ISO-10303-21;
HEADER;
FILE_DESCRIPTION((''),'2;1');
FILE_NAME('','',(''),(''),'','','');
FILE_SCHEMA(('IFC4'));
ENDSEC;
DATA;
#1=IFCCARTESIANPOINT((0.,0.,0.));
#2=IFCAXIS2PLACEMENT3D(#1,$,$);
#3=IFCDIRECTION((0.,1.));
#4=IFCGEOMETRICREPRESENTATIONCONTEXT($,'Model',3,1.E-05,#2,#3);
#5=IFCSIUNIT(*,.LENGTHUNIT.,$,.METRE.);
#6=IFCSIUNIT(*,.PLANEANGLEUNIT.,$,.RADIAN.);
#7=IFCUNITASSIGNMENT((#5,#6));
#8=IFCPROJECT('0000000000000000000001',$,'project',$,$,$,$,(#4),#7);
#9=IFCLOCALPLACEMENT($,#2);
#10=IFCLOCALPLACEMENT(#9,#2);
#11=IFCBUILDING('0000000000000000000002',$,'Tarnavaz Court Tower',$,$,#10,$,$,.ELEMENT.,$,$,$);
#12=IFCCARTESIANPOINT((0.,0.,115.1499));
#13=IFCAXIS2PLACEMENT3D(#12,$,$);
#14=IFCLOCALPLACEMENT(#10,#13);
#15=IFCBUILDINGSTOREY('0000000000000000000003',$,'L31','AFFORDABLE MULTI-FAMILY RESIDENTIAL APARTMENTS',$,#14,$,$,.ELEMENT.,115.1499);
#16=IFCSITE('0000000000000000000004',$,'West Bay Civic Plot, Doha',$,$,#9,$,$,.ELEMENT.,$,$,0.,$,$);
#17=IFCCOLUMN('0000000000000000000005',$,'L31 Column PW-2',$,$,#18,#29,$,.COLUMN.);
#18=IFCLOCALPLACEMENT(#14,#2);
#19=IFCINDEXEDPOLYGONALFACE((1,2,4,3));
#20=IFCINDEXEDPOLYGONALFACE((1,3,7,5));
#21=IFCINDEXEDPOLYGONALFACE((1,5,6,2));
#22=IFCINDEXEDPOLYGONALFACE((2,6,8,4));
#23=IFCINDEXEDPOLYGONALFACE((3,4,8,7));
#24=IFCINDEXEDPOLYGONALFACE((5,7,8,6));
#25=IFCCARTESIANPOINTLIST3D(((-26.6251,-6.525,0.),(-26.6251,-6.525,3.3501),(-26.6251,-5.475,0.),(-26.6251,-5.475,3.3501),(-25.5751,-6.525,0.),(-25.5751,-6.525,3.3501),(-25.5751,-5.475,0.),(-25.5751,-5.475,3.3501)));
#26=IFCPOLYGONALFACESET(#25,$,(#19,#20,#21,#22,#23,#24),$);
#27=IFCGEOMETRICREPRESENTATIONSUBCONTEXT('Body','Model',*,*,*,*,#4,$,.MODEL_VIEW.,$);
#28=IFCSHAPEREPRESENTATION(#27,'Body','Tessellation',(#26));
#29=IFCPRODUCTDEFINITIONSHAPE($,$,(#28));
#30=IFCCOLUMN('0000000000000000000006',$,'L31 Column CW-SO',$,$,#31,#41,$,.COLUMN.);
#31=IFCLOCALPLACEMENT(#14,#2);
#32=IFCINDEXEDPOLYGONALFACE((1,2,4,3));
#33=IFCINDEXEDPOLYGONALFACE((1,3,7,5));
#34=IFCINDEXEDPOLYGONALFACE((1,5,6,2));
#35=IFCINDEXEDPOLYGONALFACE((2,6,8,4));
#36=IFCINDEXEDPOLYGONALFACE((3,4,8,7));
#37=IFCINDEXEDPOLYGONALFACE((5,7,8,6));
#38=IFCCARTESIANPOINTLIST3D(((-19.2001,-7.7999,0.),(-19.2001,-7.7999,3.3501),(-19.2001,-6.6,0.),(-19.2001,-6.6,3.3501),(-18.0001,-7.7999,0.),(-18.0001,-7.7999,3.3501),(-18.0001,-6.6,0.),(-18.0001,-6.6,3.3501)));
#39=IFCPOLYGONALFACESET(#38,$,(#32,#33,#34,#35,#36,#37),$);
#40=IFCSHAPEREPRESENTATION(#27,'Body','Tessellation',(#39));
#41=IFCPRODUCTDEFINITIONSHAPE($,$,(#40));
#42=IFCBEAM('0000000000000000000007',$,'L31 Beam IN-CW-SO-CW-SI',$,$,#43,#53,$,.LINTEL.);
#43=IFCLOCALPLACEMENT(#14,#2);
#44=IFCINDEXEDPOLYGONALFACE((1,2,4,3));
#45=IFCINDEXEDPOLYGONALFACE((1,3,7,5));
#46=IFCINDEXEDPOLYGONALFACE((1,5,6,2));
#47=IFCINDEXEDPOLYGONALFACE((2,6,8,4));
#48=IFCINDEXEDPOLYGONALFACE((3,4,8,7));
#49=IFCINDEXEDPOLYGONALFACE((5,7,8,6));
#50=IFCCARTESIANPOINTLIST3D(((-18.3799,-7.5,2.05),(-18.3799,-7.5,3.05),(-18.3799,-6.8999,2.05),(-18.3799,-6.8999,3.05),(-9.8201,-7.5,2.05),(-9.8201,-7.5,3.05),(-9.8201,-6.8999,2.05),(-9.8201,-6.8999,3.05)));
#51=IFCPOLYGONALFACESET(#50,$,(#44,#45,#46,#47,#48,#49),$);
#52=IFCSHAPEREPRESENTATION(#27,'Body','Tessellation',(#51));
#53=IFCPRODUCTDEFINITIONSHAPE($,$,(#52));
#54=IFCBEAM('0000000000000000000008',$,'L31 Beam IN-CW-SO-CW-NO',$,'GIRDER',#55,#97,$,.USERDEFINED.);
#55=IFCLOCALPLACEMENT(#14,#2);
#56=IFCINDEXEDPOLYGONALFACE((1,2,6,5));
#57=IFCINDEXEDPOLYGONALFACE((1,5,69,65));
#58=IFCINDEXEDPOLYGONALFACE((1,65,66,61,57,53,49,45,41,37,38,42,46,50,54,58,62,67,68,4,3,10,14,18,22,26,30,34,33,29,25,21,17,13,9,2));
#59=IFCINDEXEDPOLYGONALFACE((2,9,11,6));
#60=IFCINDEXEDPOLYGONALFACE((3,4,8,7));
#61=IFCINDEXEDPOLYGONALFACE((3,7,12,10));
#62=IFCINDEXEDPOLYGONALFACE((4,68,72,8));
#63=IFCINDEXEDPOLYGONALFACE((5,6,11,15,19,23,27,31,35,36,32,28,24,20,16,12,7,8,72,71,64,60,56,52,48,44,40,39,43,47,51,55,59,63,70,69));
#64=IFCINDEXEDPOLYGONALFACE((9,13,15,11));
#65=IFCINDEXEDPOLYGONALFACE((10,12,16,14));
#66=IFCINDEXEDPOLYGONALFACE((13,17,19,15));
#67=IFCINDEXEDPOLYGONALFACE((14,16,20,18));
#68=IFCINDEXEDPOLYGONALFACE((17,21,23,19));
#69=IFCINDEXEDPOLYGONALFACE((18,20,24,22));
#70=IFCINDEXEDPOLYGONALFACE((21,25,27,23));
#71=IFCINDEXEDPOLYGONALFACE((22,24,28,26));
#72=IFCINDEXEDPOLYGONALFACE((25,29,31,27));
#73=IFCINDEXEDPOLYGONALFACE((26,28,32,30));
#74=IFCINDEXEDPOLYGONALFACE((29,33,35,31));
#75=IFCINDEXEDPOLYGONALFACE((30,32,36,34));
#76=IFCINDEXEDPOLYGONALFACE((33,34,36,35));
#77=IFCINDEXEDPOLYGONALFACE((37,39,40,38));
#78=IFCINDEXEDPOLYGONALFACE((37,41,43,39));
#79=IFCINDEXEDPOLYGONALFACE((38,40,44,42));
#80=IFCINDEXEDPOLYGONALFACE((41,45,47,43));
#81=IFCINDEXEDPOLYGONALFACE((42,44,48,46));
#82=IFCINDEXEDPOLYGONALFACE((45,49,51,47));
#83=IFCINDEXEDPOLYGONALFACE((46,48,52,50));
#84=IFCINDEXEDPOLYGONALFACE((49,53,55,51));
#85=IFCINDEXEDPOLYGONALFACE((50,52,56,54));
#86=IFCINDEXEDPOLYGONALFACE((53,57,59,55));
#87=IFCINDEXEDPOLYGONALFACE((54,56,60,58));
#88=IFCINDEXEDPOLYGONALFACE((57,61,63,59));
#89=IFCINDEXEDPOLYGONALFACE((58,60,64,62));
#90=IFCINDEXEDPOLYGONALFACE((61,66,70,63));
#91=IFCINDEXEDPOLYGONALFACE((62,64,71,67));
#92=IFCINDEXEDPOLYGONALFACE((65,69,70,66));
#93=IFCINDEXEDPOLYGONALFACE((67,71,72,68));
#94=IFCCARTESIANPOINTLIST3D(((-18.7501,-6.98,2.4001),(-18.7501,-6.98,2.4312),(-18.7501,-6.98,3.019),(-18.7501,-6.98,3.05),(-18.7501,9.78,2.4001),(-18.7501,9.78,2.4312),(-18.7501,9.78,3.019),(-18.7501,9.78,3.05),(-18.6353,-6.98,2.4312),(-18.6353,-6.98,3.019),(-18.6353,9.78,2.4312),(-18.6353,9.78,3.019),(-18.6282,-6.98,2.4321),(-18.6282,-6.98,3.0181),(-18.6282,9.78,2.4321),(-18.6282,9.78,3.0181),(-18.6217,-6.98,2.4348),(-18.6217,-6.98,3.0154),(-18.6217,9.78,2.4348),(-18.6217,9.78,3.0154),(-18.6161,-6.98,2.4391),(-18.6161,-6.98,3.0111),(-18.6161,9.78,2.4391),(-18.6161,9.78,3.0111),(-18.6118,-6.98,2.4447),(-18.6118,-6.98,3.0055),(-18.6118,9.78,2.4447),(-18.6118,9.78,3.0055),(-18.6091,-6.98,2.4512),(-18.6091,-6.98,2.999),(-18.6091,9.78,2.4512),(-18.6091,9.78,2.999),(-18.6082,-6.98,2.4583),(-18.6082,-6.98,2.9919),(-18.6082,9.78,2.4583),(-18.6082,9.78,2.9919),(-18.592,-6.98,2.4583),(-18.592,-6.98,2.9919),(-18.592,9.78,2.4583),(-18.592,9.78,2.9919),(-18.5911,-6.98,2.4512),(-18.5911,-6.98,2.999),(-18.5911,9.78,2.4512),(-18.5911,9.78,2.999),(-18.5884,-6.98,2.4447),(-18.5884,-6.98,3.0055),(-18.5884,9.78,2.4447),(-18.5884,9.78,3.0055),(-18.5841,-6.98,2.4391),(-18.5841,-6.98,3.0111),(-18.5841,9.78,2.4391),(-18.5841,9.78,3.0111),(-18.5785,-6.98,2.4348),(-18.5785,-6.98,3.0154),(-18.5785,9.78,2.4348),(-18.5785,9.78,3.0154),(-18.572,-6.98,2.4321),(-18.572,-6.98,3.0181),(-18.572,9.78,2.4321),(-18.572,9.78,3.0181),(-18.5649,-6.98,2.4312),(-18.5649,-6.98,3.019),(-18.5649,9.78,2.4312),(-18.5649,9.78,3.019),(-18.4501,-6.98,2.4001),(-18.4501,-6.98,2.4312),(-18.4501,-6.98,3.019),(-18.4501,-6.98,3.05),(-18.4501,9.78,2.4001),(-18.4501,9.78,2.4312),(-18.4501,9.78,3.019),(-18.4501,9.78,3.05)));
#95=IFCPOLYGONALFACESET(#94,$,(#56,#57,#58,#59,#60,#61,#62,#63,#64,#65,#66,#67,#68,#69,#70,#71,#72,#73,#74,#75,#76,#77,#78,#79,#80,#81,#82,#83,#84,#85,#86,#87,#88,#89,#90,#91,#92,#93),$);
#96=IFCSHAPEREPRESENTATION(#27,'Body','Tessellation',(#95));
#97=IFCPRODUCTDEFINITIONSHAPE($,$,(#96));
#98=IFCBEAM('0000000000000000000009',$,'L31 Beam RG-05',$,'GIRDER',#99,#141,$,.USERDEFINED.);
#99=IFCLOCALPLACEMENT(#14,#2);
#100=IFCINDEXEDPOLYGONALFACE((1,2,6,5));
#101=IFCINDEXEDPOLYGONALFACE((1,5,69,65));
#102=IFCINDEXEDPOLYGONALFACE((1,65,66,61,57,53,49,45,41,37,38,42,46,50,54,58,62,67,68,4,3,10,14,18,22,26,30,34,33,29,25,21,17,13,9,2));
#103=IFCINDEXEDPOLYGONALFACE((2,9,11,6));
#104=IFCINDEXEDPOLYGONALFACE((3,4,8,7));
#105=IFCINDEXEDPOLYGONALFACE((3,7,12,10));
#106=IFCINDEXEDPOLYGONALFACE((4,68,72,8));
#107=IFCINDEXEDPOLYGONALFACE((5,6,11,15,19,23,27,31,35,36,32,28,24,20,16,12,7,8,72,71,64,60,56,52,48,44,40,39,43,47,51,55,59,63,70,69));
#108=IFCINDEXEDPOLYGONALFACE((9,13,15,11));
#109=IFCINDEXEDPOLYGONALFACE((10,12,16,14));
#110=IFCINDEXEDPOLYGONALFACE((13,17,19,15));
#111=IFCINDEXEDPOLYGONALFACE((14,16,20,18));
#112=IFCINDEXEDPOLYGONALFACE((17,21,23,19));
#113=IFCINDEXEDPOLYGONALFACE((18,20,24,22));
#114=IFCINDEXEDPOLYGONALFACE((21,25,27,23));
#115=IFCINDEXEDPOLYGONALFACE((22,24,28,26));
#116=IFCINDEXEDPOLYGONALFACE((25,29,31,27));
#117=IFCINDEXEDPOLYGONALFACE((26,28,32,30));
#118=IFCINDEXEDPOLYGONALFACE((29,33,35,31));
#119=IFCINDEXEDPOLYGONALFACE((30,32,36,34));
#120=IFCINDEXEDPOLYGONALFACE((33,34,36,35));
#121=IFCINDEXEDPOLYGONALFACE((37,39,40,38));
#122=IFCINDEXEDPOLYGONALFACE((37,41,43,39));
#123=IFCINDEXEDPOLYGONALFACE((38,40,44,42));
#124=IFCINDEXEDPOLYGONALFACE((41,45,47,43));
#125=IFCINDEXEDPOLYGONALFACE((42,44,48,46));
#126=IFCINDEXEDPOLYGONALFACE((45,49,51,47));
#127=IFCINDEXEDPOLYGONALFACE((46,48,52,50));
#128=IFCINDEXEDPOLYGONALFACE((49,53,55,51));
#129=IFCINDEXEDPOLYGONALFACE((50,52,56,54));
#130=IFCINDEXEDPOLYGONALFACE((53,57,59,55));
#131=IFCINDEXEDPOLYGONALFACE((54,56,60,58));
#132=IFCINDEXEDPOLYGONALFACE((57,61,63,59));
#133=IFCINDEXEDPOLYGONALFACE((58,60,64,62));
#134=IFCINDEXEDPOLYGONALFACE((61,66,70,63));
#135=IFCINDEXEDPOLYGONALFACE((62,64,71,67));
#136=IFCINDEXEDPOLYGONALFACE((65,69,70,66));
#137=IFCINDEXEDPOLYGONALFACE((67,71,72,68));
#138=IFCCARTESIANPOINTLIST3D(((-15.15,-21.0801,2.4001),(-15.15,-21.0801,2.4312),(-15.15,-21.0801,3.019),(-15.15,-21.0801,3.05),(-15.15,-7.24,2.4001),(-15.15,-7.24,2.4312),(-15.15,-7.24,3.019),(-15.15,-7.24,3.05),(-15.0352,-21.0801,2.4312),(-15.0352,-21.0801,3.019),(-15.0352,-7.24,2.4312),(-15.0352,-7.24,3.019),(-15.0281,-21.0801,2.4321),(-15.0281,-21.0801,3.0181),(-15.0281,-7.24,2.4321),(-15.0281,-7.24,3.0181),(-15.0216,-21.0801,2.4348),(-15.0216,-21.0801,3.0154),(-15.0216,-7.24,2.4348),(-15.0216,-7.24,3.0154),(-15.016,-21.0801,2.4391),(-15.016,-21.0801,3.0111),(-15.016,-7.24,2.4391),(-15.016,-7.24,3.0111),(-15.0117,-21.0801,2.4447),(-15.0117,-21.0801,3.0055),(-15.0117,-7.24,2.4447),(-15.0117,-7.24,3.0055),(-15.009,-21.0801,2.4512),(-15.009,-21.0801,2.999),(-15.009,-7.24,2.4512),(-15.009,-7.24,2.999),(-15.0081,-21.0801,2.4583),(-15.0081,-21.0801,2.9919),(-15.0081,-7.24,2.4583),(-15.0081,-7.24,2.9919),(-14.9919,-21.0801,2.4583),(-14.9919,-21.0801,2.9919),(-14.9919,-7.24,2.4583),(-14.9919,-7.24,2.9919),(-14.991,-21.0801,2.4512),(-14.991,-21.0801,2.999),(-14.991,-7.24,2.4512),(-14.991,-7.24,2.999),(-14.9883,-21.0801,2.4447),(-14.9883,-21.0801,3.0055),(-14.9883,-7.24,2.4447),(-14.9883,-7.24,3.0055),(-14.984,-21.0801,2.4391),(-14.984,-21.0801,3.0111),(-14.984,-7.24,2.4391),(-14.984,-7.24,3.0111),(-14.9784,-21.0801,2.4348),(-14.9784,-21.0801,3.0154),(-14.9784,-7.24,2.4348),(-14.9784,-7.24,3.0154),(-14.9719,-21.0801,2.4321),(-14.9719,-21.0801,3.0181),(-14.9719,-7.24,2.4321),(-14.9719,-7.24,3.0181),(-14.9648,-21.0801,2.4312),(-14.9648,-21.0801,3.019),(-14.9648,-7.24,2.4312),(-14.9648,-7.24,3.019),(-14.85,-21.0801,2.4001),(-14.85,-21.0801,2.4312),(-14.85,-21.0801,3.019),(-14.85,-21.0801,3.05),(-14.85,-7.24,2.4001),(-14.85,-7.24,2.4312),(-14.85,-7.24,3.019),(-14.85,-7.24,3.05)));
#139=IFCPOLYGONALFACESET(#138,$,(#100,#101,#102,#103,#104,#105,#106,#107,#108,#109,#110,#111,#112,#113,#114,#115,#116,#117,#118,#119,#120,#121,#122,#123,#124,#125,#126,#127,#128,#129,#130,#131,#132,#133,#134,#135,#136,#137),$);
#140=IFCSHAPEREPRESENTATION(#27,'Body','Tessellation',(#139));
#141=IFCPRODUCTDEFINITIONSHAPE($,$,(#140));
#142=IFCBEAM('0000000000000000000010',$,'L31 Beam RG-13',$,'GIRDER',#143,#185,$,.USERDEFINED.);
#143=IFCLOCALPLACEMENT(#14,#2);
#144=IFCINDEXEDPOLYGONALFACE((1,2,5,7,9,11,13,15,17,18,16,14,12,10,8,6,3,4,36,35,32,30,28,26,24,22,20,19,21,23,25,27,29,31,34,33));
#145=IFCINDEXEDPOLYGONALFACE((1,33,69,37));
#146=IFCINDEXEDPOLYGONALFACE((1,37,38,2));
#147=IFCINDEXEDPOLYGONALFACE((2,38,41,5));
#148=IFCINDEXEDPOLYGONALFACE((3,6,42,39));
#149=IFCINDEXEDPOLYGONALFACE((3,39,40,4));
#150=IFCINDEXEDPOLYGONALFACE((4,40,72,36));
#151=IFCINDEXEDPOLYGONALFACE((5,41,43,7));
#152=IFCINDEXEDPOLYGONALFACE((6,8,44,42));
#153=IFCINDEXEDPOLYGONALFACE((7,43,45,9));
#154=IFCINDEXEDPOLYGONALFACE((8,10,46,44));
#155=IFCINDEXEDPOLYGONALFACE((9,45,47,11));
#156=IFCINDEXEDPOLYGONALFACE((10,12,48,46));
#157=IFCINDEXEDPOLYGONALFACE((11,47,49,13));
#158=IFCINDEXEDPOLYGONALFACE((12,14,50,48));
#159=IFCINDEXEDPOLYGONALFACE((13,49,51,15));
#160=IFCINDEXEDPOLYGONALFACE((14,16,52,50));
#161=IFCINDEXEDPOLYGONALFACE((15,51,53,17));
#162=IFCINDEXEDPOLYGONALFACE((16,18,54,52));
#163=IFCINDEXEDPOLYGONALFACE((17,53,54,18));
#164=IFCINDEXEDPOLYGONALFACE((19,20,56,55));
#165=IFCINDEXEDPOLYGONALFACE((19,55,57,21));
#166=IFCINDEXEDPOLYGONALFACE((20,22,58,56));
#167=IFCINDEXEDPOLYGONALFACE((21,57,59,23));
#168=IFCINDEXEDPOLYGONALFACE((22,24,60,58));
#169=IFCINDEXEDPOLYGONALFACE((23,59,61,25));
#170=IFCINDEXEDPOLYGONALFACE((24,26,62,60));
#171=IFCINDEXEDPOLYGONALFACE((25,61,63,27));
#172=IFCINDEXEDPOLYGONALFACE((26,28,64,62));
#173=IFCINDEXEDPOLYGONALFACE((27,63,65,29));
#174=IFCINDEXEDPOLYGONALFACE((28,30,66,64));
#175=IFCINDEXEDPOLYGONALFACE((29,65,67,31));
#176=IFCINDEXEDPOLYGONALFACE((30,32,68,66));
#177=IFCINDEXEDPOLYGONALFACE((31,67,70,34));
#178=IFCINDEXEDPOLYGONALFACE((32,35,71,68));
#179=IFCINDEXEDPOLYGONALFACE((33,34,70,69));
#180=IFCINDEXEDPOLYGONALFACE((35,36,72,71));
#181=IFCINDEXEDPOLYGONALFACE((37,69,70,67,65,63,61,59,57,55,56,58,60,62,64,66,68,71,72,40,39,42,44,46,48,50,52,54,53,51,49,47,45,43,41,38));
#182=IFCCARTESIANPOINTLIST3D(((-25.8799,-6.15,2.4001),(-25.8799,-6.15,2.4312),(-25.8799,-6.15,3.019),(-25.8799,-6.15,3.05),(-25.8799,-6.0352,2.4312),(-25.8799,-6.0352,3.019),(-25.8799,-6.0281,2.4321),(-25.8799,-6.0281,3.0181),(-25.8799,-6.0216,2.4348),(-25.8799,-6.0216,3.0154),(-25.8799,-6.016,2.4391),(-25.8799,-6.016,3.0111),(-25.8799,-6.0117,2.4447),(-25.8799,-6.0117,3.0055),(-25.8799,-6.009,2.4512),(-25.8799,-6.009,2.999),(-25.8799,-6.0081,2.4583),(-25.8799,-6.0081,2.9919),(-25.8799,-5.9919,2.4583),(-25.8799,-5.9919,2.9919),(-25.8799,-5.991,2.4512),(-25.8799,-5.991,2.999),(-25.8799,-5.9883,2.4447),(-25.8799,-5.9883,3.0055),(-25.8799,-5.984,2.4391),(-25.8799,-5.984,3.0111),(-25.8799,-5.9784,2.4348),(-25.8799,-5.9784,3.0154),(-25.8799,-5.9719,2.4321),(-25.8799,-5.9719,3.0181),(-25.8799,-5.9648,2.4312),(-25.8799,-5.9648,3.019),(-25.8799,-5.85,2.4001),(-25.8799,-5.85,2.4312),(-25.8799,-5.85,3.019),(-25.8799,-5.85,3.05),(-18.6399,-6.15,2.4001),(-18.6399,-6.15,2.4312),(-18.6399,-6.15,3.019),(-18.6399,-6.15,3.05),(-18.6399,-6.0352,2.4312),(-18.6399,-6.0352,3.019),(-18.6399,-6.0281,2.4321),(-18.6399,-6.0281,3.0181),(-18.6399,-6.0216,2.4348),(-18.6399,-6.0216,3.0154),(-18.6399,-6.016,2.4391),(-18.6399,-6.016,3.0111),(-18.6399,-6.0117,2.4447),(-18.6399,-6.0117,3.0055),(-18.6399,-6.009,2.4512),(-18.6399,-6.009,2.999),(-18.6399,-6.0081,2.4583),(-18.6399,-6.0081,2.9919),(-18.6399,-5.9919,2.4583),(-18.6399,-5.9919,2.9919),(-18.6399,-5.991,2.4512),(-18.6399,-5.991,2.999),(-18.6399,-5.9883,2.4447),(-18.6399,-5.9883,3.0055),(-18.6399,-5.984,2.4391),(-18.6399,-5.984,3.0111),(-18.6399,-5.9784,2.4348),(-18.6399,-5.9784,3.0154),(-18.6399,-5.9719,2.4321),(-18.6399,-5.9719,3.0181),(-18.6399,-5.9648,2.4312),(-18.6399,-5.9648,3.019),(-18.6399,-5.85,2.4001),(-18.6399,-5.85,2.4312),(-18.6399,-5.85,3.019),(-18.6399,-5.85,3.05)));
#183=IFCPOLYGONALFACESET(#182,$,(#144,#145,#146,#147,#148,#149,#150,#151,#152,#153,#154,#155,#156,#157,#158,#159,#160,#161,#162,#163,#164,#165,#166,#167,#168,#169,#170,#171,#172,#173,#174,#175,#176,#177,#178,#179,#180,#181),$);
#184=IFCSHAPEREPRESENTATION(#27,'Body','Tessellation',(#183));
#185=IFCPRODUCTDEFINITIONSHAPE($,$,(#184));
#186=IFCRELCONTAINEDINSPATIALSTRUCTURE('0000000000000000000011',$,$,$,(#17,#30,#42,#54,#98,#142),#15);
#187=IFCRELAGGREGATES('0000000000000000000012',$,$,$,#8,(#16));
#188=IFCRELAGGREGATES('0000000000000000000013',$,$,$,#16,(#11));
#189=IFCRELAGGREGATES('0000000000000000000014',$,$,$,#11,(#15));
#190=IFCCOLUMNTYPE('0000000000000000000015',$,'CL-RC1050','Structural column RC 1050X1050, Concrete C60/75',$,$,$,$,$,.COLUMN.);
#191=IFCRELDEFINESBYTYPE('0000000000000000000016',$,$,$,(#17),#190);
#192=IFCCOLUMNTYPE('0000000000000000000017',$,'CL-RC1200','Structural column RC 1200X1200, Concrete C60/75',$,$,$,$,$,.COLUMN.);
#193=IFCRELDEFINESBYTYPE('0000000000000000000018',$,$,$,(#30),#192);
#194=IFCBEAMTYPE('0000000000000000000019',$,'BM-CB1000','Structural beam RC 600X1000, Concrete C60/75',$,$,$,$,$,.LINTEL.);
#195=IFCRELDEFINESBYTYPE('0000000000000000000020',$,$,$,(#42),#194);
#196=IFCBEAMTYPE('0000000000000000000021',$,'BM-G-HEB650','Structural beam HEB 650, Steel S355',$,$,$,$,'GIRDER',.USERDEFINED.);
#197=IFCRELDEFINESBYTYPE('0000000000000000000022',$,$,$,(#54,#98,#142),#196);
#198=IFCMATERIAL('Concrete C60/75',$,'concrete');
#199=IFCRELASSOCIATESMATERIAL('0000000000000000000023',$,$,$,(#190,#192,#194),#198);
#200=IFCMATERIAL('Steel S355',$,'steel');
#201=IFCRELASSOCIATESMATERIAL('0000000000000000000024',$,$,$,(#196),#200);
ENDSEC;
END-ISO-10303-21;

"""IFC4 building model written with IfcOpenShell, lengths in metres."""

from ifc_helpers import new_model, si_unit, direction, frame, origin, origin_2d, place, context, subcontext, project, spatial, rectangle, i_section, extrude, material, material_profile, profile_set, type_object, element, save


model = new_model("IFC4")

# Units and contexts
model_context = context("Model", 3, precision=1e-05, world=origin(), true_north=direction((0.0, 1.0)))
body_context = subcontext(model_context, "Body", "Model", "MODEL_VIEW")
ifc_project = project(units=[si_unit("LENGTHUNIT", "METRE"), si_unit("PLANEANGLEUNIT", "RADIAN")], contexts=[model_context])

# Site, building, storey
site_placement = place(None, origin())
site = spatial("IfcSite", under=ifc_project, at=site_placement, Name="West Bay Civic Plot, Doha", CompositionType="ELEMENT", RefElevation=0.0)
building_placement = place(site_placement, origin())
building = spatial("IfcBuilding", under=site, at=building_placement, Name="Tarnavaz Court Tower", CompositionType="ELEMENT")
storey_placement = place(building_placement, frame((0.0, 0.0, 115.1499)))
storey = spatial("IfcBuildingStorey", under=building, at=storey_placement, Name="L31", Description="AFFORDABLE MULTI-FAMILY RESIDENTIAL APARTMENTS", CompositionType="ELEMENT", Elevation=115.1499)

# Columns
ifc_material_1 = material(Name="Concrete C60/75", Category="concrete")
ifc_material_profile_1 = material_profile(ifc_material_1, rectangle(XDim=1.05, YDim=1.05, at=origin_2d()), Name="RC 1050X1050")
ifc_profile_set_1 = profile_set([ifc_material_profile_1], Name="Concrete C60/75")
column_type_1 = type_object("IfcColumnType", Name="CL-RC1050", Description="Structural column RC 1050X1050, Concrete C60/75", PredefinedType="COLUMN", material=ifc_profile_set_1)
column_1_placement = place(storey_placement, frame((-26.1001, -6.0, 0.0), z_axis=(0.0, 0.0, 1.0), x_axis=(1.0, 0.0, 0.0)))
element("IfcColumn", 1, at=column_1_placement, inside=storey, type_object=column_type_1, Name="L31 Column PW-2", PredefinedType="COLUMN", context=body_context, shape_type="SweptSolid", body=[
    extrude(rectangle(XDim=1.05, YDim=1.05, at=origin_2d()), origin(), (0.0, 0.0, 1.0), 3.3501),
])
ifc_material_profile_2 = material_profile(ifc_material_1, rectangle(XDim=1.2, YDim=1.2, at=origin_2d()), Name="RC 1200X1200")
ifc_profile_set_2 = profile_set([ifc_material_profile_2], Name="Concrete C60/75")
column_type_2 = type_object("IfcColumnType", Name="CL-RC1200", Description="Structural column RC 1200X1200, Concrete C60/75", PredefinedType="COLUMN", material=ifc_profile_set_2)
column_2_placement = place(storey_placement, frame((-18.6001, -7.2, 0.0), z_axis=(0.0, 0.0, 1.0), x_axis=(1.0, 0.0, 0.0)))
element("IfcColumn", 2, at=column_2_placement, inside=storey, type_object=column_type_2, Name="L31 Column CW-SO", PredefinedType="COLUMN", context=body_context, shape_type="SweptSolid", body=[
    extrude(rectangle(XDim=1.2, YDim=1.2, at=origin_2d()), origin(), (0.0, 0.0, 1.0), 3.3501),
])

# Beams
ifc_material_profile_3 = material_profile(ifc_material_1, rectangle(XDim=0.6001, YDim=1.0, at=origin_2d()), Name="RC 600X1000")
ifc_profile_set_3 = profile_set([ifc_material_profile_3], Name="Concrete C60/75")
beam_type_1 = type_object("IfcBeamType", Name="BM-CB1000", Description="Structural beam RC 600X1000, Concrete C60/75", PredefinedType="LINTEL", material=ifc_profile_set_3)
beam_1_placement = place(storey_placement, frame((-18.3799, -7.2, 2.55), z_axis=(1.0, 0.0, 0.0), x_axis=(0.0, 1.0, 0.0)))
element("IfcBeam", 3, at=beam_1_placement, inside=storey, type_object=beam_type_1, Name="L31 Beam IN-CW-SO-CW-SI", PredefinedType="LINTEL", context=body_context, shape_type="SweptSolid", body=[
    extrude(rectangle(XDim=0.6001, YDim=1.0, at=origin_2d()), origin(), (0.0, 0.0, 1.0), 8.5598),
])
ifc_material_2 = material(Name="Steel S355", Category="steel")
ifc_material_profile_4 = material_profile(ifc_material_2, i_section(OverallWidth=0.3, OverallDepth=0.6499, WebThickness=0.0161, FlangeThickness=0.031, FilletRadius=0.0271, at=origin_2d()), Name="HEB 650")
ifc_profile_set_4 = profile_set([ifc_material_profile_4], Name="Steel S355")
beam_type_2 = type_object("IfcBeamType", Name="BM-G-HEB650", Description="Structural beam HEB 650, Steel S355", ElementType="GIRDER", PredefinedType="USERDEFINED", material=ifc_profile_set_4)
beam_2_placement = place(storey_placement, frame((-18.6001, -6.98, 2.7251), z_axis=(0.0, 1.0, 0.0), x_axis=(-1.0, 0.0, 0.0)))
element("IfcBeam", 4, at=beam_2_placement, inside=storey, type_object=beam_type_2, Name="L31 Beam IN-CW-SO-CW-NO", ObjectType="GIRDER", PredefinedType="USERDEFINED", context=body_context, shape_type="SweptSolid", body=[
    extrude(i_section(OverallWidth=0.3, OverallDepth=0.6499, WebThickness=0.0161, FlangeThickness=0.031, FilletRadius=0.0271, at=origin_2d()), origin(), (0.0, 0.0, 1.0), 16.76),
])
beam_3_placement = place(storey_placement, frame((-15.0, -7.24, 2.7251), z_axis=(0.0, -1.0, 0.0), x_axis=(1.0, 0.0, 0.0)))
element("IfcBeam", 5, at=beam_3_placement, inside=storey, type_object=beam_type_2, Name="L31 Beam RG-05", ObjectType="GIRDER", PredefinedType="USERDEFINED", context=body_context, shape_type="SweptSolid", body=[
    extrude(i_section(OverallWidth=0.3, OverallDepth=0.6499, WebThickness=0.0161, FlangeThickness=0.031, FilletRadius=0.0271, at=origin_2d()), origin(), (0.0, 0.0, 1.0), 13.8401),
])
beam_4_placement = place(storey_placement, frame((-18.6399, -6.0, 2.7251), z_axis=(-1.0, 0.0, 0.0), x_axis=(0.0, -1.0, 0.0)))
element("IfcBeam", 6, at=beam_4_placement, inside=storey, type_object=beam_type_2, Name="L31 Beam RG-13", ObjectType="GIRDER", PredefinedType="USERDEFINED", context=body_context, shape_type="SweptSolid", body=[
    extrude(i_section(OverallWidth=0.3, OverallDepth=0.6499, WebThickness=0.0161, FlangeThickness=0.031, FilletRadius=0.0271, at=origin_2d()), origin(), (0.0, 0.0, 1.0), 7.24),
])

save(model, "model.ifc")
